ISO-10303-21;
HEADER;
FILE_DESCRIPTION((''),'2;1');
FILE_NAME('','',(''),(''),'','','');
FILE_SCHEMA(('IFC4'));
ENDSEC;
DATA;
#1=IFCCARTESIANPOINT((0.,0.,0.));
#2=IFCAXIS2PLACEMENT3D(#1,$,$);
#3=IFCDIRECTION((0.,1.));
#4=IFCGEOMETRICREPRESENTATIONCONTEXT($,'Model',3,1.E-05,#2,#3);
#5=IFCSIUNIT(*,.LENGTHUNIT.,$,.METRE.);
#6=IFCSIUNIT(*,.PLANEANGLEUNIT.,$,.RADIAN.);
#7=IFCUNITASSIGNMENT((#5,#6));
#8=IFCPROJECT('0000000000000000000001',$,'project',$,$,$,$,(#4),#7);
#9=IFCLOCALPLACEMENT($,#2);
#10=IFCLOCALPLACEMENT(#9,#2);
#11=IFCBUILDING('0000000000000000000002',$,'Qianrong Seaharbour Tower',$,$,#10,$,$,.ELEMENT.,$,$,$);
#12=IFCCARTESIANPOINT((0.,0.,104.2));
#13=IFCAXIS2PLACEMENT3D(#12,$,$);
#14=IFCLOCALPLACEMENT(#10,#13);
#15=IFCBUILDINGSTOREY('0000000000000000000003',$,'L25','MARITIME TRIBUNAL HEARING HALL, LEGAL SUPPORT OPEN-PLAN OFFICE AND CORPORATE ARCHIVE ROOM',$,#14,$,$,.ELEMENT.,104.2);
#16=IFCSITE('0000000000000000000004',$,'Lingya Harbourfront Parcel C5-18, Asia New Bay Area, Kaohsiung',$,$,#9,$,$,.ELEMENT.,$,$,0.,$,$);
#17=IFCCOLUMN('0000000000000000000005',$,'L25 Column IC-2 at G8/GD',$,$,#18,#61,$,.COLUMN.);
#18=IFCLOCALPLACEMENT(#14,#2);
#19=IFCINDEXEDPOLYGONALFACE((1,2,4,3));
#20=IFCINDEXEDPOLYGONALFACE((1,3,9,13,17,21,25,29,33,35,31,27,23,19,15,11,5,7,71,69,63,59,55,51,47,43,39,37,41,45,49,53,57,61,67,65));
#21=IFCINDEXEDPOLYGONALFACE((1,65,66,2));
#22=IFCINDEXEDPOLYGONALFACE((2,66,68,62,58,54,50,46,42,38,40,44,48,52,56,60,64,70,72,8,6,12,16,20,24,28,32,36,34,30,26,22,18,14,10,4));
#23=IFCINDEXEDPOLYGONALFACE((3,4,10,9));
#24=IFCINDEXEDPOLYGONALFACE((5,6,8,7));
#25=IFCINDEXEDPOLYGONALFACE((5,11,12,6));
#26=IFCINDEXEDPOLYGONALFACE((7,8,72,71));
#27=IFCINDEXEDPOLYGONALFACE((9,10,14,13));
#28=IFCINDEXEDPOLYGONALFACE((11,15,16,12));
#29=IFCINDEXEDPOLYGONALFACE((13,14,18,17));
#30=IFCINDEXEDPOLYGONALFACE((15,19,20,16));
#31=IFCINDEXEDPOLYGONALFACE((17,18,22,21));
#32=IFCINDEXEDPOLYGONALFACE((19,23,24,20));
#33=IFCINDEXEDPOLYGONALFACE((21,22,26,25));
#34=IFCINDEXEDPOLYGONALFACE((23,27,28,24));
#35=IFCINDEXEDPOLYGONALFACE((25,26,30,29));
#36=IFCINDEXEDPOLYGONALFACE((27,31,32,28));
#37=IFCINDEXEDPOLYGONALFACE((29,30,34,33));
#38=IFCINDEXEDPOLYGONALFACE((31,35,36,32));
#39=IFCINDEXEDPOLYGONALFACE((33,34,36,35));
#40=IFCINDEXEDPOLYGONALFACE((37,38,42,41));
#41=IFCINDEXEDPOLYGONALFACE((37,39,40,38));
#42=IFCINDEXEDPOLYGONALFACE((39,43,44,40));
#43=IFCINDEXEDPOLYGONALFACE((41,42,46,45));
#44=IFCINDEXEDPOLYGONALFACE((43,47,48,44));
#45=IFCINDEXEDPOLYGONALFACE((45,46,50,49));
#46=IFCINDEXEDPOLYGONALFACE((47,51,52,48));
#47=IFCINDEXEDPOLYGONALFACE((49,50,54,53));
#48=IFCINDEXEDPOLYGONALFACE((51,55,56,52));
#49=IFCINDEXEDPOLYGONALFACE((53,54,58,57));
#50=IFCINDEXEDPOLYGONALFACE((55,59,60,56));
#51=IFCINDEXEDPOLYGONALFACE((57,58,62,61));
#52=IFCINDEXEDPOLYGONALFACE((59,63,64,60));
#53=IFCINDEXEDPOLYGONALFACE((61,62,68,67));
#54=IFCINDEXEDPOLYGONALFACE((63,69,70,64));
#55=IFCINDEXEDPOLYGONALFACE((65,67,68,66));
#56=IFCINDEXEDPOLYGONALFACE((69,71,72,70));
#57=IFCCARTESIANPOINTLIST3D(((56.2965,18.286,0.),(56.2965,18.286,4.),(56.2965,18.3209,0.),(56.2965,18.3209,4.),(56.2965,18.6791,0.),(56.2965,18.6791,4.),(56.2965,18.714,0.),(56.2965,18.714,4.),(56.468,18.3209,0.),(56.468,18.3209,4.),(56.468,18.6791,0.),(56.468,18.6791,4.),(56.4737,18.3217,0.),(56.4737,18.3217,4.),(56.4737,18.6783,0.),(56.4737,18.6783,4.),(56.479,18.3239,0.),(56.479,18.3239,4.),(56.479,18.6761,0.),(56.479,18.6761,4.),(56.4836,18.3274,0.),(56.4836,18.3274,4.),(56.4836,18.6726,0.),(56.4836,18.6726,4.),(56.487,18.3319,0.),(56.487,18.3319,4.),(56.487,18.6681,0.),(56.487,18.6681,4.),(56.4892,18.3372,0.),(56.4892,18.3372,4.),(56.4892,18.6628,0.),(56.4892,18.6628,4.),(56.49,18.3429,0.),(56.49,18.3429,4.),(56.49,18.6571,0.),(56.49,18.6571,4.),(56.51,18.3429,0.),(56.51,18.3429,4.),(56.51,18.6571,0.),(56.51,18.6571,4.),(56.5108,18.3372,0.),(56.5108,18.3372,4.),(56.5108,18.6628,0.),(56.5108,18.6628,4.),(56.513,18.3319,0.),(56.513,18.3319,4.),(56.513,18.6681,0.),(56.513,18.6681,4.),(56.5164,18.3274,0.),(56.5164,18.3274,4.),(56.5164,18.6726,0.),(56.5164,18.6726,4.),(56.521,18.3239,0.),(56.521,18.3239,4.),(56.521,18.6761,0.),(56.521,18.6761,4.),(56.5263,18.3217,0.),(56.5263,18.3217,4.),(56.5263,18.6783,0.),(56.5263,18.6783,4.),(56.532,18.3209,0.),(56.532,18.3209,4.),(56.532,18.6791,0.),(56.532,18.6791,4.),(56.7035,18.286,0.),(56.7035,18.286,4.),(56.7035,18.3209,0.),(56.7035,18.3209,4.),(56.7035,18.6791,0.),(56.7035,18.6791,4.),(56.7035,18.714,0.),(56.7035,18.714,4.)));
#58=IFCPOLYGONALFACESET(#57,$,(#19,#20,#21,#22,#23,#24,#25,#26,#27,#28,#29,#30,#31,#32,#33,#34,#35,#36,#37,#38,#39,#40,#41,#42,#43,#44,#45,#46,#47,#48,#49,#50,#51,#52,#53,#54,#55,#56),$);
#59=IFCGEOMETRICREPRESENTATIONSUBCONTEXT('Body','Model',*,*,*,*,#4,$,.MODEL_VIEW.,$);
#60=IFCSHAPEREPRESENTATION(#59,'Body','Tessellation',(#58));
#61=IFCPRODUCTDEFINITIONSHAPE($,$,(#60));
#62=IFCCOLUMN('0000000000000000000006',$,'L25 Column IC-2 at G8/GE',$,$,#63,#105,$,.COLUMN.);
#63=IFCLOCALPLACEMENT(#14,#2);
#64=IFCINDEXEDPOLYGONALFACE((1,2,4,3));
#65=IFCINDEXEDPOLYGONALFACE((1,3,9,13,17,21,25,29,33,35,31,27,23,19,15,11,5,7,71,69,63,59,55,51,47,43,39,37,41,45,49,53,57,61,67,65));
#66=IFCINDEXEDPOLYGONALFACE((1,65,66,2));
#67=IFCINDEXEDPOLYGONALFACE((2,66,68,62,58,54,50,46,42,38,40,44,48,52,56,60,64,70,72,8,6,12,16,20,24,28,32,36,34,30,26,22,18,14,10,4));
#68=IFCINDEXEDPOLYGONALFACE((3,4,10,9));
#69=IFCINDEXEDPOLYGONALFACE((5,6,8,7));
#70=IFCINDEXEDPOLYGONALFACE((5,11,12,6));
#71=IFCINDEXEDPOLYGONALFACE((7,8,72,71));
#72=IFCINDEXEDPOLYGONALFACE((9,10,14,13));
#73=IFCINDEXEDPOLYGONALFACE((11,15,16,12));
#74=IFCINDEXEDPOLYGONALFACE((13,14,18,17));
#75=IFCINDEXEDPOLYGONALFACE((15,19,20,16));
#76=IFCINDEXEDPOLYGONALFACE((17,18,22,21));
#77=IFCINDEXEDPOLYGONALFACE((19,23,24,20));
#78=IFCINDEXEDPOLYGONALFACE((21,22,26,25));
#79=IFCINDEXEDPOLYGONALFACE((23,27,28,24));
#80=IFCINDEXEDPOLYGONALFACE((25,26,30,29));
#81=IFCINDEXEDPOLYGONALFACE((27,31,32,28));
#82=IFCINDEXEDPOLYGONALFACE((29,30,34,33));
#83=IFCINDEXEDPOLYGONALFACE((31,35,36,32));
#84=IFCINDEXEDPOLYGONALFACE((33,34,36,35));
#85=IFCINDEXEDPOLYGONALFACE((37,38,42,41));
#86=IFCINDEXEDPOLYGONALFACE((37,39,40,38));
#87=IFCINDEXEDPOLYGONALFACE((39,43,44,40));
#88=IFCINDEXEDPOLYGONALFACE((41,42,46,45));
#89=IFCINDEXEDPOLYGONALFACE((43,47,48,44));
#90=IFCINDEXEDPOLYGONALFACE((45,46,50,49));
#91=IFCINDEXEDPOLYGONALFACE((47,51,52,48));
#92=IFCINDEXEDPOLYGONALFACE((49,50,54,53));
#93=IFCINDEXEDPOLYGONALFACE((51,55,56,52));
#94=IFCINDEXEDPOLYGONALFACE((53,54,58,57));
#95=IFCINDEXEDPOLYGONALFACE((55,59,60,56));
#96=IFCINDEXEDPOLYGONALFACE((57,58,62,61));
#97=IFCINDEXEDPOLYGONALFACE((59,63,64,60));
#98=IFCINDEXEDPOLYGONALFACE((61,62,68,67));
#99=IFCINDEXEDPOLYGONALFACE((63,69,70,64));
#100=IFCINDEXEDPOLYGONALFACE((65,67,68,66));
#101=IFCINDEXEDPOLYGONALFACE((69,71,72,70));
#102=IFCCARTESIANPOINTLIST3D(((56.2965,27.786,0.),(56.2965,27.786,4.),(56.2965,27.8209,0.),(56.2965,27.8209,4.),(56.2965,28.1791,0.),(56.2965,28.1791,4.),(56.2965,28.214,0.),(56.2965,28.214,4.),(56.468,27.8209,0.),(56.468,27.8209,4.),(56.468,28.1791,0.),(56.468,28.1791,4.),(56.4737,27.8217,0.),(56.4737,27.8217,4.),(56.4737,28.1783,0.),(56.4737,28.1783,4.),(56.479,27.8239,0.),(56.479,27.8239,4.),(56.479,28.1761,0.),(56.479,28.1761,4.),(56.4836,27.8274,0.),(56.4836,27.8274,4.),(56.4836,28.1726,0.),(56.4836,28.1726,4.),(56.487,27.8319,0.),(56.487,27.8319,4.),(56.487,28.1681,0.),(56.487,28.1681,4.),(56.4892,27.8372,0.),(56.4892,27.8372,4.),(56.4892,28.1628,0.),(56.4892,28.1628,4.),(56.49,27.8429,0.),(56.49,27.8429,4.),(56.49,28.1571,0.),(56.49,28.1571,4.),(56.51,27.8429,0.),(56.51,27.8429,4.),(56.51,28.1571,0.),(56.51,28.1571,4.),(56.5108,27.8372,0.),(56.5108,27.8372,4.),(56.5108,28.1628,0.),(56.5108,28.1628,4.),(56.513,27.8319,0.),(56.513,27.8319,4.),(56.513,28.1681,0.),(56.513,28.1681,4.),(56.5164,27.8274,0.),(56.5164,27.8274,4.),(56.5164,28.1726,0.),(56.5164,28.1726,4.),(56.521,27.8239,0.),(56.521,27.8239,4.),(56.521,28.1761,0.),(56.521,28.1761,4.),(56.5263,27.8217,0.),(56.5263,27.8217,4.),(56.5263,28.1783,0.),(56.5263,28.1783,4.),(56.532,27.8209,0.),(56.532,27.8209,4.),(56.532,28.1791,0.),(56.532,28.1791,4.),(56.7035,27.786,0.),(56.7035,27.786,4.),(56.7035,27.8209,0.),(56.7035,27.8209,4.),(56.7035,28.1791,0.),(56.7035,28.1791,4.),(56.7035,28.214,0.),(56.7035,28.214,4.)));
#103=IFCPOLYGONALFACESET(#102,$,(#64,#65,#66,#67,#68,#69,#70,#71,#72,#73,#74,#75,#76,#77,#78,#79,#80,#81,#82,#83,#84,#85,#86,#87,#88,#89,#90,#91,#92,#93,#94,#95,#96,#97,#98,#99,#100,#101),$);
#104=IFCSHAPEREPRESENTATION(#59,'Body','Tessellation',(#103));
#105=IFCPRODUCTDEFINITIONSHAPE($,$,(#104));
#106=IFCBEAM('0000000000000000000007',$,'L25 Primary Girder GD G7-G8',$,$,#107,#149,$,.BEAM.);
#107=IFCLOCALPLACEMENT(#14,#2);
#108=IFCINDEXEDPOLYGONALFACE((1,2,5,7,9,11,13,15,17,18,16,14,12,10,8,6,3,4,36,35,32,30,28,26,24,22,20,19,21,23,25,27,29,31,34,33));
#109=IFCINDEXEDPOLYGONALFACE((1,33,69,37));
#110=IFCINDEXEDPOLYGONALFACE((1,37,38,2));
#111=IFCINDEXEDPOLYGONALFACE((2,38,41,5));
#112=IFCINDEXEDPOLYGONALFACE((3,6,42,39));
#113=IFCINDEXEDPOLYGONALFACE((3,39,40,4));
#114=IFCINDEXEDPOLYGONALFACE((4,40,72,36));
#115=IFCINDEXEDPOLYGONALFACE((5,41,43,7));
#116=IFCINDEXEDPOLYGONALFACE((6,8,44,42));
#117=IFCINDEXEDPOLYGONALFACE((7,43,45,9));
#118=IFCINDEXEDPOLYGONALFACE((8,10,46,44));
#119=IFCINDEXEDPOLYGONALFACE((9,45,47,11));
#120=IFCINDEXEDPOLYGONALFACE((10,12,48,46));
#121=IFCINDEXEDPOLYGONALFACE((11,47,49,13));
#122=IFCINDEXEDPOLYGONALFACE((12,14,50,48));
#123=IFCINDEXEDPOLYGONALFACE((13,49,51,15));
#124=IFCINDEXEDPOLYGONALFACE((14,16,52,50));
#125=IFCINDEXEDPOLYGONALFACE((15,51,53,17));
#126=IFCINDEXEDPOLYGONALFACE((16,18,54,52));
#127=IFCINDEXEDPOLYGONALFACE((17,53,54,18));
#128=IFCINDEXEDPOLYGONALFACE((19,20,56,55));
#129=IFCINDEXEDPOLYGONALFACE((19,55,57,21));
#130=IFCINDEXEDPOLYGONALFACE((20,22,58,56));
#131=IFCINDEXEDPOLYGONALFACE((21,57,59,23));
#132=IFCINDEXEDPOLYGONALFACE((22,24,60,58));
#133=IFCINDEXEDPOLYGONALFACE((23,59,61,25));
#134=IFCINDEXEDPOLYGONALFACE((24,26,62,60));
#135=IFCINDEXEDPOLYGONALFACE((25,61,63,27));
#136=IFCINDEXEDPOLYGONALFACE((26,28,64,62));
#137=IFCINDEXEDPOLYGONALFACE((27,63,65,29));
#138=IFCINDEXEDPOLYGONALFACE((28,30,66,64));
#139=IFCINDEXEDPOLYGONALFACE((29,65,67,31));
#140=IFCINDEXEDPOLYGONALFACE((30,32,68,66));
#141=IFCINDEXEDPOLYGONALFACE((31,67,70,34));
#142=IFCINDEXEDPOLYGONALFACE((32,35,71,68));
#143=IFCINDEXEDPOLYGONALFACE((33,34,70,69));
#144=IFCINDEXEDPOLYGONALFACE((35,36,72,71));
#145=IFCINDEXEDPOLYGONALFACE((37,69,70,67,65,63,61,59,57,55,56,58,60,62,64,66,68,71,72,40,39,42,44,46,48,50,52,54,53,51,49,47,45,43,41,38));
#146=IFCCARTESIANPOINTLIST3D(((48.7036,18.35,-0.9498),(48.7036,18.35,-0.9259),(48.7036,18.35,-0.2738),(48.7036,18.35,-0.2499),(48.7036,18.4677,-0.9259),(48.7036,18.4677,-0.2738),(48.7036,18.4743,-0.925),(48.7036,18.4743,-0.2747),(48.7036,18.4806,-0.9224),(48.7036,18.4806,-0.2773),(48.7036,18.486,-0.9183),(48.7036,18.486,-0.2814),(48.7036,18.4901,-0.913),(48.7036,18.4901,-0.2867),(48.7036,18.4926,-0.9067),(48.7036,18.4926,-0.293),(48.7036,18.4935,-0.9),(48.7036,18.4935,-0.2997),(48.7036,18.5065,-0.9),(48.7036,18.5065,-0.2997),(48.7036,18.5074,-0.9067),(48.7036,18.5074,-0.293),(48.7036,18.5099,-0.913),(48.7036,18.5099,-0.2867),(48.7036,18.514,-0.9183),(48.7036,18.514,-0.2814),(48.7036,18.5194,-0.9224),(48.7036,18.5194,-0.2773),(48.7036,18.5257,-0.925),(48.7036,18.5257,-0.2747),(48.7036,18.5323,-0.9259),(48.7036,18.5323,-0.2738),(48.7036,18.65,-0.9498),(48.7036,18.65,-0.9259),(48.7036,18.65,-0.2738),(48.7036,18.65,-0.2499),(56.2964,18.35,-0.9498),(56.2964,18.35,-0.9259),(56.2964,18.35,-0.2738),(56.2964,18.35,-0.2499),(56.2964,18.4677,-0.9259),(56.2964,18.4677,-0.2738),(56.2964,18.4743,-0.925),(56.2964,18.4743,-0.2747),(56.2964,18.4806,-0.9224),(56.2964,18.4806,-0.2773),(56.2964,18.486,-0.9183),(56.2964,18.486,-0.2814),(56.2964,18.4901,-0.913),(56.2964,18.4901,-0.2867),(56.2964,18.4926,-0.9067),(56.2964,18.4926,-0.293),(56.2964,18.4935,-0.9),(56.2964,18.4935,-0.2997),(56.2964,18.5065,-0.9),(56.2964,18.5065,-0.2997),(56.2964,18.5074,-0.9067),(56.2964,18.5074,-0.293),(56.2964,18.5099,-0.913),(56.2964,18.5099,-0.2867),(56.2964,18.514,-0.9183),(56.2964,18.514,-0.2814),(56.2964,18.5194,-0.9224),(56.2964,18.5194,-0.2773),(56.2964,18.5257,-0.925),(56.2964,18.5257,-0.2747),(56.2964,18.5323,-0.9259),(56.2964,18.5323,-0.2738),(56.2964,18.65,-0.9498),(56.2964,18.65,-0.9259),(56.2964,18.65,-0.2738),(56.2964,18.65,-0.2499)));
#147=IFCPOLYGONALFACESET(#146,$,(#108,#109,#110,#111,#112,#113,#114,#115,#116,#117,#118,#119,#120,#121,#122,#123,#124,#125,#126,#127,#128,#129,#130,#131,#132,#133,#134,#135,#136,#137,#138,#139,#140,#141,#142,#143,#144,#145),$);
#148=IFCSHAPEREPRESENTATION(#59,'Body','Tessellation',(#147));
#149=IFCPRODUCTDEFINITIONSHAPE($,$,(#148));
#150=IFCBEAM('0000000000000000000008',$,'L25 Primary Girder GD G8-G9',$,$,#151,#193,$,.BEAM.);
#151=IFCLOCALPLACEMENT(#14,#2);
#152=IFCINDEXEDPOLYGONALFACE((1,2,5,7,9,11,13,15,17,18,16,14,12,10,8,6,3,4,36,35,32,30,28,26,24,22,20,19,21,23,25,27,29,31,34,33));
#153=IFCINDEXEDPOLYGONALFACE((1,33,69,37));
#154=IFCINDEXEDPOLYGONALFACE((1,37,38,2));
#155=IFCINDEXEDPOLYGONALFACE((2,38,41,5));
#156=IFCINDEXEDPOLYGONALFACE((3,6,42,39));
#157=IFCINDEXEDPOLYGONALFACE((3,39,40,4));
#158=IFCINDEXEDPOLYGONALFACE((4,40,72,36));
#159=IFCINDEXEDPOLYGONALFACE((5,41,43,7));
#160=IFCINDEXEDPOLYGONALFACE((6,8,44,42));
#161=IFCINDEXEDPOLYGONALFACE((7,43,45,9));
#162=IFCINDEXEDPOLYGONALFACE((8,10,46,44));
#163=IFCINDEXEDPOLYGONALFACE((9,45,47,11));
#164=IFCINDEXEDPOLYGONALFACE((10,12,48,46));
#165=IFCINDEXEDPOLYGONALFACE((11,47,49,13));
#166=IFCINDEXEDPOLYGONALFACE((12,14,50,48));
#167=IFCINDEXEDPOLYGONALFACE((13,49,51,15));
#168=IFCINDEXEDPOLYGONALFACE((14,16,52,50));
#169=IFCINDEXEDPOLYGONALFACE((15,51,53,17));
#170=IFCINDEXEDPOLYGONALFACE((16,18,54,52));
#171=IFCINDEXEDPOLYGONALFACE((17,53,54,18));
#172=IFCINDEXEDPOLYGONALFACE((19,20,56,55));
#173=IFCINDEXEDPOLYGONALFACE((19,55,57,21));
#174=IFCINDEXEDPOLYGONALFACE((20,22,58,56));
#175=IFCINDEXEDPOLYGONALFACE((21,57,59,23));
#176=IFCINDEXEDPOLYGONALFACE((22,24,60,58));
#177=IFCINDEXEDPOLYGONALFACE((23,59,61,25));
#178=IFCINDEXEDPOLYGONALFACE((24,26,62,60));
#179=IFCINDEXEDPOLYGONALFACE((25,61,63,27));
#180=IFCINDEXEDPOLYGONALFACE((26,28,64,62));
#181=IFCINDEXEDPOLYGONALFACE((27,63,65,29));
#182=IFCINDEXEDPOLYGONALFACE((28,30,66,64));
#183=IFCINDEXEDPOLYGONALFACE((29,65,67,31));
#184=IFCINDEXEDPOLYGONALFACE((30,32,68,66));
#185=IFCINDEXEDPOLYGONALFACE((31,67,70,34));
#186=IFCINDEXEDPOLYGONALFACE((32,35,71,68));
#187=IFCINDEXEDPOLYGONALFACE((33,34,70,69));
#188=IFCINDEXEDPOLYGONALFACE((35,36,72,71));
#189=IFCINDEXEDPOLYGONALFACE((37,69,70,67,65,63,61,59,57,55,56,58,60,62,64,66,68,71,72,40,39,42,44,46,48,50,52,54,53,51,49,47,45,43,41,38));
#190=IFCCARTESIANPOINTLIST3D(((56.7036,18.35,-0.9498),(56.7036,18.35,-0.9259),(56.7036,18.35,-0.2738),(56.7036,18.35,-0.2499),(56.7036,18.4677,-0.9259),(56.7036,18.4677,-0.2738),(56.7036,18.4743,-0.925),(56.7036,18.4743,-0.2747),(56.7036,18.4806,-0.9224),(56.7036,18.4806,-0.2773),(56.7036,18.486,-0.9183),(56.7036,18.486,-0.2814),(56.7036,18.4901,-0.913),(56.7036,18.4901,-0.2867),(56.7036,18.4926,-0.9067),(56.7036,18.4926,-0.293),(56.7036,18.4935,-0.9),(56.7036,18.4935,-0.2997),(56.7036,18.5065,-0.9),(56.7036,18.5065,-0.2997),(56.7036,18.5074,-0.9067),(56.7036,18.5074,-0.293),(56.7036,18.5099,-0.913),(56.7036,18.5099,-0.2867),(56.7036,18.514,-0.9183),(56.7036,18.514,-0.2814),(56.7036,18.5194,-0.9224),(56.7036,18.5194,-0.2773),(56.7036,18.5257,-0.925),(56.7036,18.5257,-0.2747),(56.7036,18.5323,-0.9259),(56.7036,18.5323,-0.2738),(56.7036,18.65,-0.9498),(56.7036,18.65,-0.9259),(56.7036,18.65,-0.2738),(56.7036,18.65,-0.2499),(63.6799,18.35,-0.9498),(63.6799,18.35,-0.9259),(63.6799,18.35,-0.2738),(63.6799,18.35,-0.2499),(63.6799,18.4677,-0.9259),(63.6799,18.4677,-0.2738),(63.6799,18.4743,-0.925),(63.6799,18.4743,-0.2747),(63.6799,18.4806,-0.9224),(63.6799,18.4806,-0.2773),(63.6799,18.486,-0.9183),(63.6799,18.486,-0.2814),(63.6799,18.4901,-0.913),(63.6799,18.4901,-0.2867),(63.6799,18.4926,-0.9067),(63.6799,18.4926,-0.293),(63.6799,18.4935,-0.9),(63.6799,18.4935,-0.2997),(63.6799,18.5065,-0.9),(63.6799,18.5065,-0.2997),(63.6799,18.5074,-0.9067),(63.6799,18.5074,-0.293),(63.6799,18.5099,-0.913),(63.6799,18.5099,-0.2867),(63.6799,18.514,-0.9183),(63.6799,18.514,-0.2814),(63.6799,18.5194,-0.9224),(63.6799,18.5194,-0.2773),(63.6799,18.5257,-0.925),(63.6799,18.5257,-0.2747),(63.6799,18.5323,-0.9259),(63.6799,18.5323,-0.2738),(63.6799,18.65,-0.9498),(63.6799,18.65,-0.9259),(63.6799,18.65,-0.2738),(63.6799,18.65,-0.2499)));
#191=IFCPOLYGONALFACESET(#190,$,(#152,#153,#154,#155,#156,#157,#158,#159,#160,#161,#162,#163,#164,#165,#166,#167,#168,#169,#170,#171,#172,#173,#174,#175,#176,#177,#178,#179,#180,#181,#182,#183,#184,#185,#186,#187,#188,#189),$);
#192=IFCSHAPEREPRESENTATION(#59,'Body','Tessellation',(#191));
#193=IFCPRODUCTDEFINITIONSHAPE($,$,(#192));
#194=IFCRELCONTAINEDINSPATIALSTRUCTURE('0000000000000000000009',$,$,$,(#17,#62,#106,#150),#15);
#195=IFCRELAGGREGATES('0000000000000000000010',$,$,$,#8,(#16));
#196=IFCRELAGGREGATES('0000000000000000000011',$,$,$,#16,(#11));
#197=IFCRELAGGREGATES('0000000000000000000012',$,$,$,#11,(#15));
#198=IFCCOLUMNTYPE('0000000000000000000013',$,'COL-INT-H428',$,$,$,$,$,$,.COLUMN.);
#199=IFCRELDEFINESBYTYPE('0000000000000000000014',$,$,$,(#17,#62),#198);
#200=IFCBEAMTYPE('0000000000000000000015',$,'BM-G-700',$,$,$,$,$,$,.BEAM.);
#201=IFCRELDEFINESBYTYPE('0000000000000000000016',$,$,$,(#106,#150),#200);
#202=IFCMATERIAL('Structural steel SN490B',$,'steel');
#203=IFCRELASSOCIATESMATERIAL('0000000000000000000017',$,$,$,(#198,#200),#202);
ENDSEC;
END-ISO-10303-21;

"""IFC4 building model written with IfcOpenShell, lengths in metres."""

from ifc_helpers import new_model, si_unit, direction, frame, origin, origin_2d, place, context, subcontext, project, spatial, i_section, extrude, material, material_profile, profile_set, type_object, element, save


model = new_model("IFC4")

# Units and contexts
model_context = context("Model", 3, precision=1e-05, world=origin(), true_north=direction((0.0, 1.0)))
body_context = subcontext(model_context, "Body", "Model", "MODEL_VIEW")
ifc_project = project(units=[si_unit("LENGTHUNIT", "METRE"), si_unit("PLANEANGLEUNIT", "RADIAN")], contexts=[model_context])

# Site, building, storey
site_placement = place(None, origin())
site = spatial("IfcSite", under=ifc_project, at=site_placement, Name="Lingya Harbourfront Parcel C5-18, Asia New Bay Area, Kaohsiung", CompositionType="ELEMENT", RefElevation=0.0)
building_placement = place(site_placement, origin())
building = spatial("IfcBuilding", under=site, at=building_placement, Name="Qianrong Seaharbour Tower", CompositionType="ELEMENT")
storey_placement = place(building_placement, frame((0.0, 0.0, 104.2)))
storey = spatial("IfcBuildingStorey", under=building, at=storey_placement, Name="L25", Description="MARITIME TRIBUNAL HEARING HALL, LEGAL SUPPORT OPEN-PLAN OFFICE AND CORPORATE ARCHIVE ROOM", CompositionType="ELEMENT", Elevation=104.2)

# Columns
ifc_material_1 = material(Name="Structural steel SN490B", Category="steel")
ifc_material_profile_1 = material_profile(ifc_material_1, i_section(OverallWidth=0.407, OverallDepth=0.428, WebThickness=0.02, FlangeThickness=0.0349, FilletRadius=0.022, at=origin_2d()), Name="H428x407x20x35")
ifc_profile_set_1 = profile_set([ifc_material_profile_1], Name="Structural steel SN490B")
column_type_1 = type_object("IfcColumnType", Name="COL-INT-H428", PredefinedType="COLUMN", material=ifc_profile_set_1)
for number, where, z_axis, x_axis, name in (
    (1, (56.5, 18.5, 0.0), (0.0, 0.0, 1.0), (1.0, 0.0, 0.0), "L25 Column IC-2 at G8/GD"),
    (2, (56.5, 28.0, 0.0), (0.0, 0.0, 1.0), (1.0, 0.0, 0.0), "L25 Column IC-2 at G8/GE"),
):
    element("IfcColumn", number, at=place(storey_placement, frame(where, z_axis=z_axis, x_axis=x_axis)), inside=storey, type_object=column_type_1, Name=name, PredefinedType="COLUMN", context=body_context, shape_type="SweptSolid", body=[
        extrude(i_section(OverallWidth=0.407, OverallDepth=0.428, WebThickness=0.02, FlangeThickness=0.0349, FilletRadius=0.022, at=origin_2d()), origin(), (0.0, 0.0, 1.0), 4.0),
    ])

# Beams
ifc_material_profile_2 = material_profile(ifc_material_1, i_section(OverallWidth=0.3, OverallDepth=0.7, WebThickness=0.0129, FlangeThickness=0.0239, FilletRadius=0.0259, at=origin_2d()), Name="H700x300x13x24")
ifc_profile_set_2 = profile_set([ifc_material_profile_2], Name="Structural steel SN490B")
beam_type_1 = type_object("IfcBeamType", Name="BM-G-700", PredefinedType="BEAM", material=ifc_profile_set_2)
beam_1_placement = place(storey_placement, frame((48.7036, 18.5, -0.5999), z_axis=(1.0, 0.0, 0.0), x_axis=(0.0, 1.0, 0.0)))
element("IfcBeam", 3, at=beam_1_placement, inside=storey, type_object=beam_type_1, Name="L25 Primary Girder GD G7-G8", PredefinedType="BEAM", context=body_context, shape_type="SweptSolid", body=[
    extrude(i_section(OverallWidth=0.3, OverallDepth=0.7, WebThickness=0.0129, FlangeThickness=0.0239, FilletRadius=0.0259, at=origin_2d()), origin(), (0.0, 0.0, 1.0), 7.5928),
])
beam_2_placement = place(storey_placement, frame((56.7036, 18.5, -0.5999), z_axis=(1.0, 0.0, 0.0), x_axis=(0.0, 1.0, 0.0)))
element("IfcBeam", 4, at=beam_2_placement, inside=storey, type_object=beam_type_1, Name="L25 Primary Girder GD G8-G9", PredefinedType="BEAM", context=body_context, shape_type="SweptSolid", body=[
    extrude(i_section(OverallWidth=0.3, OverallDepth=0.7, WebThickness=0.0129, FlangeThickness=0.0239, FilletRadius=0.0259, at=origin_2d()), origin(), (0.0, 0.0, 1.0), 6.9763),
])

save(model, "model.ifc")
